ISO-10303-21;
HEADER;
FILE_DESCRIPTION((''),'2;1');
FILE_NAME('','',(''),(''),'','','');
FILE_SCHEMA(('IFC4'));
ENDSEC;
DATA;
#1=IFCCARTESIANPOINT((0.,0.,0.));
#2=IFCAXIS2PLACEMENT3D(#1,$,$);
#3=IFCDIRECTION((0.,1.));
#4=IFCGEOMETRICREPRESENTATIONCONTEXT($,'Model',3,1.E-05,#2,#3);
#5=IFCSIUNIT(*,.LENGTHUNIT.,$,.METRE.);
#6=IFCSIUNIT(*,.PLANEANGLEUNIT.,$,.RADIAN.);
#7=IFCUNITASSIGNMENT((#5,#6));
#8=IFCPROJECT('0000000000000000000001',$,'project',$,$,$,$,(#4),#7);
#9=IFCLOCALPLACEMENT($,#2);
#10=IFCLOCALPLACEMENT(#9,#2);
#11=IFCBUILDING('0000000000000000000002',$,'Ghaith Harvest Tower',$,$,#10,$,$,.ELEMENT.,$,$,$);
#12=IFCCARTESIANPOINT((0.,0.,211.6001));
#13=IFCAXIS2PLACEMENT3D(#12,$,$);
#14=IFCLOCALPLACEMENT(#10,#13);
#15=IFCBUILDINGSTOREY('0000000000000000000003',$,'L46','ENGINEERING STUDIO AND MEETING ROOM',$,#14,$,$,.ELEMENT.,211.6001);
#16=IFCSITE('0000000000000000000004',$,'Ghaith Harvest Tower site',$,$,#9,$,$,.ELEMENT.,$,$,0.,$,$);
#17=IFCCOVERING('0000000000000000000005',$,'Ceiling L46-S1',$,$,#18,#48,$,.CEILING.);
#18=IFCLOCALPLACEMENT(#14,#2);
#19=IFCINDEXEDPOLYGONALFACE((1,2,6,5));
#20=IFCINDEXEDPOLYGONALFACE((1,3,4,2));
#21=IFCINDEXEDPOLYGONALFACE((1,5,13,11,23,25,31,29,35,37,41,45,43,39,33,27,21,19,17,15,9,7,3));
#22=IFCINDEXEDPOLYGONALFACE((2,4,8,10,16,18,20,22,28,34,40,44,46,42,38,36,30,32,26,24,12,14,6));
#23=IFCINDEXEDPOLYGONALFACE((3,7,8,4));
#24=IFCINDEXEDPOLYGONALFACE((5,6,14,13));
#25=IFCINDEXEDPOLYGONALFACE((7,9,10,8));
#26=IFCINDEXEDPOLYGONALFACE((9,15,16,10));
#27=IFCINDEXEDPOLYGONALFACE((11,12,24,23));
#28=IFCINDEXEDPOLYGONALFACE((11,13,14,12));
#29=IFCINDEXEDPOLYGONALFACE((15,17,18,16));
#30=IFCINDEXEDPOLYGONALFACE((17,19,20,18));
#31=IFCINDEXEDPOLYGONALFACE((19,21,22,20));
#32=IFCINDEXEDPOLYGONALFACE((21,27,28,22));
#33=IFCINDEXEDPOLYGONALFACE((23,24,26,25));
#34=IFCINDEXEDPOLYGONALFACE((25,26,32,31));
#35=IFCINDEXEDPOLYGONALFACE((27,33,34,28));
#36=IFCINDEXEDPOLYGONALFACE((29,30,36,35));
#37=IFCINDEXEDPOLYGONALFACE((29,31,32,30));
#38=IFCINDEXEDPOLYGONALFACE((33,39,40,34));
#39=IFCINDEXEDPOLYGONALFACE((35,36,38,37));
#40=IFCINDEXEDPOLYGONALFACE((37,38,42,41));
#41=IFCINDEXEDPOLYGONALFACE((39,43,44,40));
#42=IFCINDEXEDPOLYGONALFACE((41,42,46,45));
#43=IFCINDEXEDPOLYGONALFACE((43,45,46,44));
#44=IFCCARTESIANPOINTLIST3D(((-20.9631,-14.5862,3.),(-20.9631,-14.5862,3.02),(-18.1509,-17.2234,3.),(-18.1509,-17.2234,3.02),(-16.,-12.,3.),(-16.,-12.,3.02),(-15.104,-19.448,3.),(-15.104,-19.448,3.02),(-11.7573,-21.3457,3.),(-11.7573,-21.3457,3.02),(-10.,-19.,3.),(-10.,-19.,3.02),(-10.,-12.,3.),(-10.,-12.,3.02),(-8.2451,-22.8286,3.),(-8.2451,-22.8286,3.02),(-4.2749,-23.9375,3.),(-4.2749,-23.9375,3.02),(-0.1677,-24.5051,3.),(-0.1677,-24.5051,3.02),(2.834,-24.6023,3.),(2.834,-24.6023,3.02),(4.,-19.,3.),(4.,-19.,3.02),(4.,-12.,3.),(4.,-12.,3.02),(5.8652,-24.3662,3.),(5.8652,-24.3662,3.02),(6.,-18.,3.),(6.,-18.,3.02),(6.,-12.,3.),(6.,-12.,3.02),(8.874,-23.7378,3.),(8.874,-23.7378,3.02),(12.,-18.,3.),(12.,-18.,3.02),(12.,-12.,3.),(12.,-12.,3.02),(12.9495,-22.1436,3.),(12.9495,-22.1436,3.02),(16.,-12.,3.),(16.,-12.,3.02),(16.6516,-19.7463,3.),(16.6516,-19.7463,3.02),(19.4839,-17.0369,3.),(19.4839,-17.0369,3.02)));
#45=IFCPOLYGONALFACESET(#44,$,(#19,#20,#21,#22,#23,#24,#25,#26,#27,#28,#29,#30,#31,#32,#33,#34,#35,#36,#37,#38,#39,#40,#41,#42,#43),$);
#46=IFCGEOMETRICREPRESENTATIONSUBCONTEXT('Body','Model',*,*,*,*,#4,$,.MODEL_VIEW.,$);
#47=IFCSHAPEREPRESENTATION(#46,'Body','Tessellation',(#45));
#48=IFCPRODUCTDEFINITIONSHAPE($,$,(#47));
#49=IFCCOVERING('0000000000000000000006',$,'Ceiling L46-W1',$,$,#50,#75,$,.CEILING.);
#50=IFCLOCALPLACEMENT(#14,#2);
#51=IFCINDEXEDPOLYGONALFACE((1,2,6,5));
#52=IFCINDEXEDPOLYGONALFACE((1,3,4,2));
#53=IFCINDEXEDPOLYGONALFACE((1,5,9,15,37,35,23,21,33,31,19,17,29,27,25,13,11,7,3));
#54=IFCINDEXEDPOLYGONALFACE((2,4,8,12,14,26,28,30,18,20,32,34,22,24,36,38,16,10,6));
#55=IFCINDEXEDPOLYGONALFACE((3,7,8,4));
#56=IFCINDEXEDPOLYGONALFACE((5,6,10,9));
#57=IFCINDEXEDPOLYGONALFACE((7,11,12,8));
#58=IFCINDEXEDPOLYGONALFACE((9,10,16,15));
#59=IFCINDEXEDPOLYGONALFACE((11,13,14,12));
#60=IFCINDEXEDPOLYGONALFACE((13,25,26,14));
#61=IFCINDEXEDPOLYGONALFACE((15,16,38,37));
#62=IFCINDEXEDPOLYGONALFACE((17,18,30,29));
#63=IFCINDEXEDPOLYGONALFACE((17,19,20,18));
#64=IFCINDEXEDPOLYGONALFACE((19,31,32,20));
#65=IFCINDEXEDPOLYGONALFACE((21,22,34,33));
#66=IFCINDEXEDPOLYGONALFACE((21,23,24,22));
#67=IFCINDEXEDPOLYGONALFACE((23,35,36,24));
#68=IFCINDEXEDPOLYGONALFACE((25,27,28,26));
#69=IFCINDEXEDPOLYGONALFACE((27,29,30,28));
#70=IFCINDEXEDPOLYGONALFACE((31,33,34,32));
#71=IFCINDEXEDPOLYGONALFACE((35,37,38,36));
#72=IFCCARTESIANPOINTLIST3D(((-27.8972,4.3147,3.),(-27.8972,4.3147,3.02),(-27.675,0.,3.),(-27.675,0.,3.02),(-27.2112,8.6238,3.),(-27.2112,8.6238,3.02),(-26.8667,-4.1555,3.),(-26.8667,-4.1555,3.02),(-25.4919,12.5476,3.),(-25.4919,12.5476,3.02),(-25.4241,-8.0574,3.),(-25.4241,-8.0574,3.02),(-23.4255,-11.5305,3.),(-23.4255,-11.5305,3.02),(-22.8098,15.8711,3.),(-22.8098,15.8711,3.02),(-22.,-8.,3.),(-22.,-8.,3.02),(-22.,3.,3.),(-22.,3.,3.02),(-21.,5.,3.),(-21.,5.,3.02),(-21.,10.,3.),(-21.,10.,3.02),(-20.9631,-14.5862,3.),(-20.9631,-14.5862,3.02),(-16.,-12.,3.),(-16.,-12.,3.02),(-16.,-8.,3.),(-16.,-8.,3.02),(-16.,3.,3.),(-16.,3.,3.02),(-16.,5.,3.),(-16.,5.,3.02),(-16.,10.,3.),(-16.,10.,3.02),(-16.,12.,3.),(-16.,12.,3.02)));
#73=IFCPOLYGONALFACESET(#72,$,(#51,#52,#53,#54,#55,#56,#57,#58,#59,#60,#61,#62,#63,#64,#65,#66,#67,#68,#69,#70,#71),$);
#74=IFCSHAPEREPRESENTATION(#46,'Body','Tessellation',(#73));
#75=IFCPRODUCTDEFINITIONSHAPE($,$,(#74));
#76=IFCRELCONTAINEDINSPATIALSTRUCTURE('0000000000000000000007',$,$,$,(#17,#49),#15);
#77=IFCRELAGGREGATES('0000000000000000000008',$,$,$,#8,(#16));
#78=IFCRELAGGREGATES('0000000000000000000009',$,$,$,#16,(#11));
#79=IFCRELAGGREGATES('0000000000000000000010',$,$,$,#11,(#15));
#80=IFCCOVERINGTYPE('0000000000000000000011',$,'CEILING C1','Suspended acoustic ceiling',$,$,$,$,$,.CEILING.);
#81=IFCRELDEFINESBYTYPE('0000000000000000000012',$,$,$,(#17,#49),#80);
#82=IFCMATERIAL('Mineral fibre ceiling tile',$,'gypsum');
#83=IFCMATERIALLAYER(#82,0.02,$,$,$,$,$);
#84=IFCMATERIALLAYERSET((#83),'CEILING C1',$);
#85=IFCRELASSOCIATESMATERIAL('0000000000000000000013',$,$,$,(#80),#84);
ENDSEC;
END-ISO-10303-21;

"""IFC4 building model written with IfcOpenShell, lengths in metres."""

from ifc_helpers import new_model, si_unit, direction, frame, origin, place, context, subcontext, project, spatial, polyline, outline, extrude, material, layer, layer_set, type_object, element, save


model = new_model("IFC4")

# Units and contexts
model_context = context("Model", 3, precision=1e-05, world=origin(), true_north=direction((0.0, 1.0)))
body_context = subcontext(model_context, "Body", "Model", "MODEL_VIEW")
ifc_project = project(units=[si_unit("LENGTHUNIT", "METRE"), si_unit("PLANEANGLEUNIT", "RADIAN")], contexts=[model_context])

# Site, building, storey
site_placement = place(None, origin())
site = spatial("IfcSite", under=ifc_project, at=site_placement, Name="Ghaith Harvest Tower site", CompositionType="ELEMENT", RefElevation=0.0)
building_placement = place(site_placement, origin())
building = spatial("IfcBuilding", under=site, at=building_placement, Name="Ghaith Harvest Tower", CompositionType="ELEMENT")
storey_placement = place(building_placement, frame((0.0, 0.0, 211.6001)))
storey = spatial("IfcBuildingStorey", under=building, at=storey_placement, Name="L46", Description="ENGINEERING STUDIO AND MEETING ROOM", CompositionType="ELEMENT", Elevation=211.6001)

# Coverings
ifc_material_1 = material(Name="Mineral fibre ceiling tile", Category="gypsum")
ifc_layer_1 = layer(ifc_material_1, 0.02)
ifc_layer_set_1 = layer_set([ifc_layer_1], Name="CEILING C1")
covering_type = type_object("IfcCoveringType", Name="CEILING C1", Description="Suspended acoustic ceiling", PredefinedType="CEILING", material=ifc_layer_set_1)
covering_1_placement = place(storey_placement, frame((0.0, 0.0, 3.0)))
element("IfcCovering", 1, at=covering_1_placement, inside=storey, type_object=covering_type, Name="Ceiling L46-S1", PredefinedType="CEILING", context=body_context, shape_type="SweptSolid", body=[
    extrude(outline(polyline([(16.6516, -19.7463), (12.9495, -22.1436), (8.874, -23.7378), (5.8652, -24.3662), (2.834, -24.6023), (-0.1677, -24.5051), (-4.2749, -23.9375), (-8.2451, -22.8286), (-11.7573, -21.3457), (-15.104, -19.448), (-18.1509, -17.2234), (-20.9631, -14.5862), (-16.0, -12.0), (-10.0, -12.0), (-10.0, -19.0), (4.0, -19.0), (4.0, -12.0), (6.0, -12.0), (6.0, -18.0), (12.0, -18.0), (12.0, -12.0), (16.0, -12.0), (19.4839, -17.0369), (16.6516, -19.7463)])), origin(), (0.0, 0.0, 1.0), 0.02),
])
covering_2_placement = place(storey_placement, frame((0.0, 0.0, 3.0)))
element("IfcCovering", 2, at=covering_2_placement, inside=storey, type_object=covering_type, Name="Ceiling L46-W1", PredefinedType="CEILING", context=body_context, shape_type="SweptSolid", body=[
    extrude(outline(polyline([(-23.4255, -11.5305), (-25.4241, -8.0574), (-26.8667, -4.1555), (-27.675, 0.0), (-27.8972, 4.3147), (-27.2112, 8.6238), (-25.4919, 12.5476), (-22.8098, 15.8711), (-16.0, 12.0), (-16.0, 10.0), (-21.0, 10.0), (-21.0, 5.0), (-16.0, 5.0), (-16.0, 3.0), (-22.0, 3.0), (-22.0, -8.0), (-16.0, -8.0), (-16.0, -12.0), (-20.9631, -14.5862), (-23.4255, -11.5305)])), origin(), (0.0, 0.0, 1.0), 0.02),
])

save(model, "model.ifc")
